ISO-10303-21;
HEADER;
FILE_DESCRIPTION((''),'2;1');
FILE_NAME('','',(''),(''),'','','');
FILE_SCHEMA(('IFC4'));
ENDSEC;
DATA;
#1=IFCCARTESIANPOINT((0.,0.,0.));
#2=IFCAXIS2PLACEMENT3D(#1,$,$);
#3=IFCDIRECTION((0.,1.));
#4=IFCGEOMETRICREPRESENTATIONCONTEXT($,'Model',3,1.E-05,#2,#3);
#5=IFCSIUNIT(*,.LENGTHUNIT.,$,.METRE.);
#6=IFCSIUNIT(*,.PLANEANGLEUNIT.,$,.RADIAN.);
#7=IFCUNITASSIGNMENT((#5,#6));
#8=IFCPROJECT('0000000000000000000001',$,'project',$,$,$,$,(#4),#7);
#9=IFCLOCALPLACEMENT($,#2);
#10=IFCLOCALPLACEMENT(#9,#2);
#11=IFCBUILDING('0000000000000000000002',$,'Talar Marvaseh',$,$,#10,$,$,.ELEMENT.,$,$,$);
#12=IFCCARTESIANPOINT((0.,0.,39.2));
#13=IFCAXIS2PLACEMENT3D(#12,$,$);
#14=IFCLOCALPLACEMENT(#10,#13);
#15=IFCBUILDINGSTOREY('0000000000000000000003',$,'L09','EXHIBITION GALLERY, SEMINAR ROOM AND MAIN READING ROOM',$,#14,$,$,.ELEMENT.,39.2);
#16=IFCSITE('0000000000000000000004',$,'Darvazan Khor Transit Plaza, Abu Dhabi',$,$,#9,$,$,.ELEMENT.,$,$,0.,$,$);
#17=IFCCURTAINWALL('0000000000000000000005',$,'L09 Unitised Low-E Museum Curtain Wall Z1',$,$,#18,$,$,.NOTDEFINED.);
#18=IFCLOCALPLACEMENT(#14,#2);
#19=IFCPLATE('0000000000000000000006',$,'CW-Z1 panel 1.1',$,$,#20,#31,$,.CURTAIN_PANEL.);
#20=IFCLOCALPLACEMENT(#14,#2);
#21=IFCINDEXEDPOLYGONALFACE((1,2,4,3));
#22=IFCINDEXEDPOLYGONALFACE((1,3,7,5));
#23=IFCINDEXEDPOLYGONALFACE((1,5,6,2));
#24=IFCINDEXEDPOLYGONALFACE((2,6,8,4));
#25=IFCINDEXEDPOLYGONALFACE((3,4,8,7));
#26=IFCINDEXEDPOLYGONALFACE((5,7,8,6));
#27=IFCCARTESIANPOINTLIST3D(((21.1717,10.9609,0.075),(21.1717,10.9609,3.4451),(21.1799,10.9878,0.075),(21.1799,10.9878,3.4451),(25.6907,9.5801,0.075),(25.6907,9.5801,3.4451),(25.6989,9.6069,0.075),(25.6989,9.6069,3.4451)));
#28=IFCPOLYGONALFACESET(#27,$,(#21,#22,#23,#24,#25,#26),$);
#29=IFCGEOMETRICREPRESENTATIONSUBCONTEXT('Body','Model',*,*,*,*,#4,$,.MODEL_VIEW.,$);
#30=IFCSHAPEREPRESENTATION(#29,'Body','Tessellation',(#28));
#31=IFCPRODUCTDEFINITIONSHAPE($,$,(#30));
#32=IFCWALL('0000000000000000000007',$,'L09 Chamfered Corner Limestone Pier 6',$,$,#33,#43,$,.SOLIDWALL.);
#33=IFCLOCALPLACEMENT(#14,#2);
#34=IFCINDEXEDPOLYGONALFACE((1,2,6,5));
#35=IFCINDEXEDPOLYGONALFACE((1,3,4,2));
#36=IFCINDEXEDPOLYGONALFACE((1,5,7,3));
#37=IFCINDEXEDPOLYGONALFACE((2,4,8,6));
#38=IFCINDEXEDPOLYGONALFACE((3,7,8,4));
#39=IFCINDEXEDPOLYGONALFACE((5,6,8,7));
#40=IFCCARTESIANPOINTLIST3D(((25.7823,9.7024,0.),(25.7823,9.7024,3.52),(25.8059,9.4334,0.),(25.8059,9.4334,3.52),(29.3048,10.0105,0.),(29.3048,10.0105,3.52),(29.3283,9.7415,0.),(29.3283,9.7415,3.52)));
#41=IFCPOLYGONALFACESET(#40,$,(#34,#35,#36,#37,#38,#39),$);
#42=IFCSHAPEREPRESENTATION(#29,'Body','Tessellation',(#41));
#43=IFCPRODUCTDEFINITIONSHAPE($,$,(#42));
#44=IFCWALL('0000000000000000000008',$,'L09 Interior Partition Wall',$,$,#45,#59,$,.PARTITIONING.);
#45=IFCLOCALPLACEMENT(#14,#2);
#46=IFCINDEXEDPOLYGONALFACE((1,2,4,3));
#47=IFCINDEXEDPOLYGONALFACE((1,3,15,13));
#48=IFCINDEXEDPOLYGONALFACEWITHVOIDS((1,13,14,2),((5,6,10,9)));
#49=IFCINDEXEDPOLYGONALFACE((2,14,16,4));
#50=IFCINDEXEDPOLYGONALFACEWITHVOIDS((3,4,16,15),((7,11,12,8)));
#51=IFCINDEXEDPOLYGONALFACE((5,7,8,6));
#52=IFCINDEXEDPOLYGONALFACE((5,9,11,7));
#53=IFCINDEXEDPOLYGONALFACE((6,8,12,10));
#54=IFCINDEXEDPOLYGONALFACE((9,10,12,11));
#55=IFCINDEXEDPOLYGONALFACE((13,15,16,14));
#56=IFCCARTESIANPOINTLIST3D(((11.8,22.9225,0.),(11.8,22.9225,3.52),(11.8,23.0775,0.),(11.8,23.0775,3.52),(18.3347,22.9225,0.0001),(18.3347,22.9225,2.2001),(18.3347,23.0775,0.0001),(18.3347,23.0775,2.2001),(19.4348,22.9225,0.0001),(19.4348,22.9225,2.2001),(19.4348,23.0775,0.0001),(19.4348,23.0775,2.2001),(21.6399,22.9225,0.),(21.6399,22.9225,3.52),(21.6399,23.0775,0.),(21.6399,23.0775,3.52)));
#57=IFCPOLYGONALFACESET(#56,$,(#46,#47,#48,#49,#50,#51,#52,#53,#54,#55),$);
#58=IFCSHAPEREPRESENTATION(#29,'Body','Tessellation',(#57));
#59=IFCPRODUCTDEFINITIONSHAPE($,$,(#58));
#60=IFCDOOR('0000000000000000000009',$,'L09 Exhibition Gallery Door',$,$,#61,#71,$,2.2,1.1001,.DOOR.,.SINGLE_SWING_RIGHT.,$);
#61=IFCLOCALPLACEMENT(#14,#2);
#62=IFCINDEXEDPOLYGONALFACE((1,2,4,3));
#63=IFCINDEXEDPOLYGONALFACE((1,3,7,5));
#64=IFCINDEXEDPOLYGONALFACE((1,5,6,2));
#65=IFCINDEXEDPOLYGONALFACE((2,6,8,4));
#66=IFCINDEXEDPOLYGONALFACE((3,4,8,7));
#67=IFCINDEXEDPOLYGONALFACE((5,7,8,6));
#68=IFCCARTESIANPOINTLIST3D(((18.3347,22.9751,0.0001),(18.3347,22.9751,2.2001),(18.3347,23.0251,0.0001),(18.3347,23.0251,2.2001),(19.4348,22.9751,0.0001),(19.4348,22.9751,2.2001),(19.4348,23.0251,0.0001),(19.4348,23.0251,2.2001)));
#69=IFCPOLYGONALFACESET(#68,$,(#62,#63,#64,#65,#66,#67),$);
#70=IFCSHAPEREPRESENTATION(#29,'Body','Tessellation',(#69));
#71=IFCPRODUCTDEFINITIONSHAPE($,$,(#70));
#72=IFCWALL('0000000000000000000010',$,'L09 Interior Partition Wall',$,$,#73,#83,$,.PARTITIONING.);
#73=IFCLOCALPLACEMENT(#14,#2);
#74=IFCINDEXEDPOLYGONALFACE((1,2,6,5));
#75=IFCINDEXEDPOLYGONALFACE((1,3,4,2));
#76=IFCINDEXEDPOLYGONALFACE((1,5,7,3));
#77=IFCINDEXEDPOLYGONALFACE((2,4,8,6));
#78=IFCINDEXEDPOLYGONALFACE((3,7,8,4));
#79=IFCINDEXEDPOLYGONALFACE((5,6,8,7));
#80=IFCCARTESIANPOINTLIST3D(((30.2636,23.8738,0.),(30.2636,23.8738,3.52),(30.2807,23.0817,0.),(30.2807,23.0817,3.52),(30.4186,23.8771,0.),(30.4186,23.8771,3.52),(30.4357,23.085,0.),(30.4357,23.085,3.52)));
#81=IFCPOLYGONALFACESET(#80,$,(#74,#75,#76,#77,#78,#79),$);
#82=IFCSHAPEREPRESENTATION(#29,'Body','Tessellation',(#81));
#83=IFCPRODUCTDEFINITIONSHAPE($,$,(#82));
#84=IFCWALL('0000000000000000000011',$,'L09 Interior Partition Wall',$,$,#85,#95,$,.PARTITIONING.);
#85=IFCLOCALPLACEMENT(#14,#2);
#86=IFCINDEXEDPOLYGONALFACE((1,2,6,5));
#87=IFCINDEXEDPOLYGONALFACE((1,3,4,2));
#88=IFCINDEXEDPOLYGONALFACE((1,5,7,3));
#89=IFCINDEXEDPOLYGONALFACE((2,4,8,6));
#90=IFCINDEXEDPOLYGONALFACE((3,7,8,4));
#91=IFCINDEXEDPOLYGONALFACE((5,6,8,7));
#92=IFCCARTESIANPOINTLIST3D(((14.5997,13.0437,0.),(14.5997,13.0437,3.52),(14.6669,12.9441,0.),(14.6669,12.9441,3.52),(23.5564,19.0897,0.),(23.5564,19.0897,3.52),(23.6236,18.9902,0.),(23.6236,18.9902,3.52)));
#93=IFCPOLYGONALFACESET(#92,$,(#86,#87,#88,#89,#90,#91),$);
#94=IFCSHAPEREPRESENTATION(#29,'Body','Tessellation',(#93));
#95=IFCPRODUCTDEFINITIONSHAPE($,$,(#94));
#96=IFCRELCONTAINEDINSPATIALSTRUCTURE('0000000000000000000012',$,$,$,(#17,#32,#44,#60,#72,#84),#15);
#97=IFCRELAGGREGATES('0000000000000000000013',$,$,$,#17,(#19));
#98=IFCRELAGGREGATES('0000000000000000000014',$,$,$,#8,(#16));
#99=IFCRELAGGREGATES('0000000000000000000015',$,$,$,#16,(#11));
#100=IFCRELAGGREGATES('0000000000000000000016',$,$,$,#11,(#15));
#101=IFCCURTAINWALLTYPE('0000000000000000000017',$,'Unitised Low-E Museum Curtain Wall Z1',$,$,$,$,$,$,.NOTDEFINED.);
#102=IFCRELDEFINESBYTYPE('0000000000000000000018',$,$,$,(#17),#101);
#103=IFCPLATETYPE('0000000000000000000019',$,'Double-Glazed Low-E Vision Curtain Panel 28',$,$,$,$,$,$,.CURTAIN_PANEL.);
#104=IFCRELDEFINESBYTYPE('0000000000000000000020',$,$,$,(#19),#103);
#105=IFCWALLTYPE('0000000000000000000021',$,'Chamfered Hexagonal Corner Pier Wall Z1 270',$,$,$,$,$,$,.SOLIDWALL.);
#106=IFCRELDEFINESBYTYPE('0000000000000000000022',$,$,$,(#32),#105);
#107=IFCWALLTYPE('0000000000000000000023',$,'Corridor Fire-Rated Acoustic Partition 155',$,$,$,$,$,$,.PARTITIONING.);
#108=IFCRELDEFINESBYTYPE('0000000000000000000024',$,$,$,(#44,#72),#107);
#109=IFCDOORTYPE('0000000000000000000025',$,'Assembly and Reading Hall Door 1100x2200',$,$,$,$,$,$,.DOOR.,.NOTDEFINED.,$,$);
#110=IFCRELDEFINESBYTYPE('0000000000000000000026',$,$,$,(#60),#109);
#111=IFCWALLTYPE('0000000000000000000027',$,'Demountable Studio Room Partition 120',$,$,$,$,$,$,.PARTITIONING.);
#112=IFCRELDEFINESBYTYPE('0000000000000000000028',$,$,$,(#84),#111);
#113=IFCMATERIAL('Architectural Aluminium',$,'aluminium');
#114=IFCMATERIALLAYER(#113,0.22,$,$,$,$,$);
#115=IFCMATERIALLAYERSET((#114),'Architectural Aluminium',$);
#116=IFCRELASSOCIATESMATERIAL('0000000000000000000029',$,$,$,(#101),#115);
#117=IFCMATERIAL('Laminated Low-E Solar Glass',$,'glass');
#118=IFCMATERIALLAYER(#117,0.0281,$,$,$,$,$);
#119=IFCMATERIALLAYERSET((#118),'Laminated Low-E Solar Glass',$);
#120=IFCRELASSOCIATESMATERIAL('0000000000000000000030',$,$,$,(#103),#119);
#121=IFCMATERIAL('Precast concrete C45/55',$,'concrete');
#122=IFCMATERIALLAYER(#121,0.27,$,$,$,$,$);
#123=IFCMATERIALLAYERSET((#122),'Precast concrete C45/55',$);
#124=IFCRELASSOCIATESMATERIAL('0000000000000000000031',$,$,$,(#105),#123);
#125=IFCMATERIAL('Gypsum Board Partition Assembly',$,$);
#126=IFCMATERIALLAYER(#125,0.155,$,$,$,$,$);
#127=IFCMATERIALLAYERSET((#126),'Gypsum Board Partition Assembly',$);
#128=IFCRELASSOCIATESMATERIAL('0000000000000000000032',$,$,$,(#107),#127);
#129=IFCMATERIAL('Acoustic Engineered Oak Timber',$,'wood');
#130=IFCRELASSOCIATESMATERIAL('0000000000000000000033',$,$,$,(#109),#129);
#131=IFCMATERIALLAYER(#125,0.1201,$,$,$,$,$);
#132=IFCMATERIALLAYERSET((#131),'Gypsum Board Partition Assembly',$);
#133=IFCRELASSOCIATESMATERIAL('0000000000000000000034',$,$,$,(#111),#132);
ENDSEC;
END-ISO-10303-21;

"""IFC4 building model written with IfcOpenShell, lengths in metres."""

from ifc_helpers import new_model, si_unit, direction, frame, frame_2d, origin, origin_2d, place, context, subcontext, project, spatial, rectangle, extrude, source, transform, mapped, material, layer, layer_set, type_object, type_shapes, element, fill, aggregate, save


model = new_model("IFC4")

# Units and contexts
model_context = context("Model", 3, precision=1e-05, world=origin(), true_north=direction((0.0, 1.0)))
body_context = subcontext(model_context, "Body", "Model", "MODEL_VIEW")
ifc_project = project(units=[si_unit("LENGTHUNIT", "METRE"), si_unit("PLANEANGLEUNIT", "RADIAN")], contexts=[model_context])

# Site, building, storey
site_placement = place(None, origin())
site = spatial("IfcSite", under=ifc_project, at=site_placement, Name="Darvazan Khor Transit Plaza, Abu Dhabi", CompositionType="ELEMENT", RefElevation=0.0)
building_placement = place(site_placement, origin())
building = spatial("IfcBuilding", under=site, at=building_placement, Name="Talar Marvaseh", CompositionType="ELEMENT")
storey_placement = place(building_placement, frame((0.0, 0.0, 39.2)))
storey = spatial("IfcBuildingStorey", under=building, at=storey_placement, Name="L09", Description="EXHIBITION GALLERY, SEMINAR ROOM AND MAIN READING ROOM", CompositionType="ELEMENT", Elevation=39.2)

# Shared definitions
ifc_material_1 = material(Name="Architectural Aluminium", Category="aluminium")
ifc_layer_1 = layer(ifc_material_1, 0.22)
ifc_layer_set_1 = layer_set([ifc_layer_1], Name="Architectural Aluminium")
curtain_wall_type = type_object("IfcCurtainWallType", Name="Unitised Low-E Museum Curtain Wall Z1", PredefinedType="NOTDEFINED", material=ifc_layer_set_1)

# Curtain wall
curtain_wall_1_placement = place(storey_placement, origin())
curtain_wall_1 = element("IfcCurtainWall", 1, at=curtain_wall_1_placement, inside=storey, type_object=curtain_wall_type, Name="L09 Unitised Low-E Museum Curtain Wall Z1", PredefinedType="NOTDEFINED")

# Plate
ifc_material_2 = material(Name="Laminated Low-E Solar Glass", Category="glass")
ifc_layer_2 = layer(ifc_material_2, 0.0281)
ifc_layer_set_2 = layer_set([ifc_layer_2], Name="Laminated Low-E Solar Glass")
plate_type = type_object("IfcPlateType", Name="Double-Glazed Low-E Vision Curtain Panel 28", PredefinedType="CURTAIN_PANEL", material=ifc_layer_set_2)
shared_shape_1 = source(origin(), body_context, "Body", "SweptSolid", [
    extrude(rectangle(XDim=4.7253, YDim=0.0281, at=origin_2d()), origin(), (0.0, 0.0, 1.0), 3.3701),
])
type_shapes(plate_type, [shared_shape_1])
plate_1_placement = place(storey_placement, frame((23.4353, 10.2839, 0.075), z_axis=(0.0, 0.0, 1.0), x_axis=(-0.95635, 0.292223, 0.0)))
plate_1 = element("IfcPlate", 2, at=plate_1_placement, type_object=plate_type, Name="CW-Z1 panel 1.1", PredefinedType="CURTAIN_PANEL", context=body_context, shape_type="MappedRepresentation", body=[
    mapped(shared_shape_1, transform((0.0, 0.0, 0.0), x_axis=(1.0, 0.0, 0.0), y_axis=(0.0, 1.0, 0.0), z_axis=(0.0, 0.0, 1.0), scale=1.0)),
])
aggregate(curtain_wall_1, [plate_1])

# Wall
ifc_material_3 = material(Name="Precast concrete C45/55", Category="concrete")
ifc_layer_3 = layer(ifc_material_3, 0.27)
ifc_layer_set_3 = layer_set([ifc_layer_3], Name="Precast concrete C45/55")
wall_type_1 = type_object("IfcWallType", Name="Chamfered Hexagonal Corner Pier Wall Z1 270", PredefinedType="SOLIDWALL", material=ifc_layer_set_3)
wall_1_placement = place(storey_placement, frame((29.3167, 9.876, 0.0), z_axis=(0.0, 0.0, 1.0), x_axis=(-0.996196, -0.087136, 0.0)))
element("IfcWall", 3, at=wall_1_placement, inside=storey, type_object=wall_type_1, Name="L09 Chamfered Corner Limestone Pier 6", PredefinedType="SOLIDWALL", context=body_context, shape_type="SweptSolid", body=[
    extrude(rectangle(XDim=3.5359, YDim=0.27, at=frame_2d((1.7681, 0.0))), origin(), (0.0, 0.0, 1.0), 3.52),
])

# Wall, opening, door
ifc_material_4 = material(Name="Gypsum Board Partition Assembly")
ifc_layer_4 = layer(ifc_material_4, 0.155)
ifc_layer_set_4 = layer_set([ifc_layer_4], Name="Gypsum Board Partition Assembly")
wall_type_2 = type_object("IfcWallType", Name="Corridor Fire-Rated Acoustic Partition 155", PredefinedType="PARTITIONING", material=ifc_layer_set_4)
wall_2_placement = place(storey_placement, frame((21.6399, 23.0, 0.0), z_axis=(0.0, 0.0, 1.0), x_axis=(-1.0, 0.0, 0.0)))
wall_2 = element("IfcWall", 4, at=wall_2_placement, inside=storey, type_object=wall_type_2, Name="L09 Interior Partition Wall", PredefinedType="PARTITIONING", context=body_context, shape_type="SweptSolid", body=[
    extrude(rectangle(XDim=9.8398, YDim=0.155, at=frame_2d((4.9199, 0.0))), origin(), (0.0, 0.0, 1.0), 3.52),
])
opening_placement = place(wall_2_placement, frame((2.2051, 0.0, 0.0)))
opening = element("IfcOpeningElement", 5, at=opening_placement, cuts=wall_2, PredefinedType="OPENING", context=body_context, shape_type="SweptSolid", body=[
    extrude(rectangle(XDim=1.1001, YDim=2.2, at=frame_2d((0.55, 1.1001))), frame((0.0, 0.0874, 0.0), z_axis=(0.0, -1.0, 0.0), x_axis=(1.0, 0.0, 0.0)), (0.0, 0.0, 1.0), 0.175),
])
ifc_material_5 = material(Name="Acoustic Engineered Oak Timber", Category="wood")
door_type = type_object("IfcDoorType", Name="Assembly and Reading Hall Door 1100x2200", OperationType="NOTDEFINED", PredefinedType="DOOR", material=ifc_material_5)
shared_shape_2 = source(origin(), body_context, "Body", "SweptSolid", [
    extrude(rectangle(XDim=1.1001, YDim=2.2, at=frame_2d((0.55, 1.1001))), frame((0.0, 0.0249, 0.0), z_axis=(0.0, -1.0, 0.0), x_axis=(1.0, 0.0, 0.0)), (0.0, 0.0, 1.0), 0.05),
])
type_shapes(door_type, [shared_shape_2])
door_placement = place(opening_placement, origin())
door = element("IfcDoor", 6, at=door_placement, inside=storey, type_object=door_type, Name="L09 Exhibition Gallery Door", OperationType="SINGLE_SWING_RIGHT", OverallHeight=2.2, OverallWidth=1.1001, PredefinedType="DOOR", context=body_context, shape_type="MappedRepresentation", body=[
    mapped(shared_shape_2, transform((0.0, 0.0, 0.0), x_axis=(1.0, 0.0, 0.0), y_axis=(0.0, 1.0, 0.0), z_axis=(0.0, 0.0, 1.0), scale=1.0)),
])
fill(opening, door)

# Walls
wall_3_placement = place(storey_placement, frame((30.3582, 23.0835, 0.0), z_axis=(0.0, 0.0, 1.0), x_axis=(-0.021573, 0.999767, 0.0)))
element("IfcWall", 7, at=wall_3_placement, inside=storey, type_object=wall_type_2, Name="L09 Interior Partition Wall", PredefinedType="PARTITIONING", context=body_context, shape_type="SweptSolid", body=[
    extrude(rectangle(XDim=0.7922, YDim=0.155, at=frame_2d((0.396, 0.0))), origin(), (0.0, 0.0, 1.0), 3.52),
])
ifc_layer_5 = layer(ifc_material_4, 0.1201)
ifc_layer_set_5 = layer_set([ifc_layer_5], Name="Gypsum Board Partition Assembly")
wall_type_3 = type_object("IfcWallType", Name="Demountable Studio Room Partition 120", PredefinedType="PARTITIONING", material=ifc_layer_set_5)
wall_4_placement = place(storey_placement, frame((23.5901, 19.04, 0.0), z_axis=(0.0, 0.0, 1.0), x_axis=(-0.828835, -0.559493, 0.0)))
element("IfcWall", 8, at=wall_4_placement, inside=storey, type_object=wall_type_3, Name="L09 Interior Partition Wall", PredefinedType="PARTITIONING", context=body_context, shape_type="SweptSolid", body=[
    extrude(rectangle(XDim=10.8064, YDim=0.1201, at=frame_2d((5.4033, 0.0))), origin(), (0.0, 0.0, 1.0), 3.52),
])

save(model, "model.ifc")
